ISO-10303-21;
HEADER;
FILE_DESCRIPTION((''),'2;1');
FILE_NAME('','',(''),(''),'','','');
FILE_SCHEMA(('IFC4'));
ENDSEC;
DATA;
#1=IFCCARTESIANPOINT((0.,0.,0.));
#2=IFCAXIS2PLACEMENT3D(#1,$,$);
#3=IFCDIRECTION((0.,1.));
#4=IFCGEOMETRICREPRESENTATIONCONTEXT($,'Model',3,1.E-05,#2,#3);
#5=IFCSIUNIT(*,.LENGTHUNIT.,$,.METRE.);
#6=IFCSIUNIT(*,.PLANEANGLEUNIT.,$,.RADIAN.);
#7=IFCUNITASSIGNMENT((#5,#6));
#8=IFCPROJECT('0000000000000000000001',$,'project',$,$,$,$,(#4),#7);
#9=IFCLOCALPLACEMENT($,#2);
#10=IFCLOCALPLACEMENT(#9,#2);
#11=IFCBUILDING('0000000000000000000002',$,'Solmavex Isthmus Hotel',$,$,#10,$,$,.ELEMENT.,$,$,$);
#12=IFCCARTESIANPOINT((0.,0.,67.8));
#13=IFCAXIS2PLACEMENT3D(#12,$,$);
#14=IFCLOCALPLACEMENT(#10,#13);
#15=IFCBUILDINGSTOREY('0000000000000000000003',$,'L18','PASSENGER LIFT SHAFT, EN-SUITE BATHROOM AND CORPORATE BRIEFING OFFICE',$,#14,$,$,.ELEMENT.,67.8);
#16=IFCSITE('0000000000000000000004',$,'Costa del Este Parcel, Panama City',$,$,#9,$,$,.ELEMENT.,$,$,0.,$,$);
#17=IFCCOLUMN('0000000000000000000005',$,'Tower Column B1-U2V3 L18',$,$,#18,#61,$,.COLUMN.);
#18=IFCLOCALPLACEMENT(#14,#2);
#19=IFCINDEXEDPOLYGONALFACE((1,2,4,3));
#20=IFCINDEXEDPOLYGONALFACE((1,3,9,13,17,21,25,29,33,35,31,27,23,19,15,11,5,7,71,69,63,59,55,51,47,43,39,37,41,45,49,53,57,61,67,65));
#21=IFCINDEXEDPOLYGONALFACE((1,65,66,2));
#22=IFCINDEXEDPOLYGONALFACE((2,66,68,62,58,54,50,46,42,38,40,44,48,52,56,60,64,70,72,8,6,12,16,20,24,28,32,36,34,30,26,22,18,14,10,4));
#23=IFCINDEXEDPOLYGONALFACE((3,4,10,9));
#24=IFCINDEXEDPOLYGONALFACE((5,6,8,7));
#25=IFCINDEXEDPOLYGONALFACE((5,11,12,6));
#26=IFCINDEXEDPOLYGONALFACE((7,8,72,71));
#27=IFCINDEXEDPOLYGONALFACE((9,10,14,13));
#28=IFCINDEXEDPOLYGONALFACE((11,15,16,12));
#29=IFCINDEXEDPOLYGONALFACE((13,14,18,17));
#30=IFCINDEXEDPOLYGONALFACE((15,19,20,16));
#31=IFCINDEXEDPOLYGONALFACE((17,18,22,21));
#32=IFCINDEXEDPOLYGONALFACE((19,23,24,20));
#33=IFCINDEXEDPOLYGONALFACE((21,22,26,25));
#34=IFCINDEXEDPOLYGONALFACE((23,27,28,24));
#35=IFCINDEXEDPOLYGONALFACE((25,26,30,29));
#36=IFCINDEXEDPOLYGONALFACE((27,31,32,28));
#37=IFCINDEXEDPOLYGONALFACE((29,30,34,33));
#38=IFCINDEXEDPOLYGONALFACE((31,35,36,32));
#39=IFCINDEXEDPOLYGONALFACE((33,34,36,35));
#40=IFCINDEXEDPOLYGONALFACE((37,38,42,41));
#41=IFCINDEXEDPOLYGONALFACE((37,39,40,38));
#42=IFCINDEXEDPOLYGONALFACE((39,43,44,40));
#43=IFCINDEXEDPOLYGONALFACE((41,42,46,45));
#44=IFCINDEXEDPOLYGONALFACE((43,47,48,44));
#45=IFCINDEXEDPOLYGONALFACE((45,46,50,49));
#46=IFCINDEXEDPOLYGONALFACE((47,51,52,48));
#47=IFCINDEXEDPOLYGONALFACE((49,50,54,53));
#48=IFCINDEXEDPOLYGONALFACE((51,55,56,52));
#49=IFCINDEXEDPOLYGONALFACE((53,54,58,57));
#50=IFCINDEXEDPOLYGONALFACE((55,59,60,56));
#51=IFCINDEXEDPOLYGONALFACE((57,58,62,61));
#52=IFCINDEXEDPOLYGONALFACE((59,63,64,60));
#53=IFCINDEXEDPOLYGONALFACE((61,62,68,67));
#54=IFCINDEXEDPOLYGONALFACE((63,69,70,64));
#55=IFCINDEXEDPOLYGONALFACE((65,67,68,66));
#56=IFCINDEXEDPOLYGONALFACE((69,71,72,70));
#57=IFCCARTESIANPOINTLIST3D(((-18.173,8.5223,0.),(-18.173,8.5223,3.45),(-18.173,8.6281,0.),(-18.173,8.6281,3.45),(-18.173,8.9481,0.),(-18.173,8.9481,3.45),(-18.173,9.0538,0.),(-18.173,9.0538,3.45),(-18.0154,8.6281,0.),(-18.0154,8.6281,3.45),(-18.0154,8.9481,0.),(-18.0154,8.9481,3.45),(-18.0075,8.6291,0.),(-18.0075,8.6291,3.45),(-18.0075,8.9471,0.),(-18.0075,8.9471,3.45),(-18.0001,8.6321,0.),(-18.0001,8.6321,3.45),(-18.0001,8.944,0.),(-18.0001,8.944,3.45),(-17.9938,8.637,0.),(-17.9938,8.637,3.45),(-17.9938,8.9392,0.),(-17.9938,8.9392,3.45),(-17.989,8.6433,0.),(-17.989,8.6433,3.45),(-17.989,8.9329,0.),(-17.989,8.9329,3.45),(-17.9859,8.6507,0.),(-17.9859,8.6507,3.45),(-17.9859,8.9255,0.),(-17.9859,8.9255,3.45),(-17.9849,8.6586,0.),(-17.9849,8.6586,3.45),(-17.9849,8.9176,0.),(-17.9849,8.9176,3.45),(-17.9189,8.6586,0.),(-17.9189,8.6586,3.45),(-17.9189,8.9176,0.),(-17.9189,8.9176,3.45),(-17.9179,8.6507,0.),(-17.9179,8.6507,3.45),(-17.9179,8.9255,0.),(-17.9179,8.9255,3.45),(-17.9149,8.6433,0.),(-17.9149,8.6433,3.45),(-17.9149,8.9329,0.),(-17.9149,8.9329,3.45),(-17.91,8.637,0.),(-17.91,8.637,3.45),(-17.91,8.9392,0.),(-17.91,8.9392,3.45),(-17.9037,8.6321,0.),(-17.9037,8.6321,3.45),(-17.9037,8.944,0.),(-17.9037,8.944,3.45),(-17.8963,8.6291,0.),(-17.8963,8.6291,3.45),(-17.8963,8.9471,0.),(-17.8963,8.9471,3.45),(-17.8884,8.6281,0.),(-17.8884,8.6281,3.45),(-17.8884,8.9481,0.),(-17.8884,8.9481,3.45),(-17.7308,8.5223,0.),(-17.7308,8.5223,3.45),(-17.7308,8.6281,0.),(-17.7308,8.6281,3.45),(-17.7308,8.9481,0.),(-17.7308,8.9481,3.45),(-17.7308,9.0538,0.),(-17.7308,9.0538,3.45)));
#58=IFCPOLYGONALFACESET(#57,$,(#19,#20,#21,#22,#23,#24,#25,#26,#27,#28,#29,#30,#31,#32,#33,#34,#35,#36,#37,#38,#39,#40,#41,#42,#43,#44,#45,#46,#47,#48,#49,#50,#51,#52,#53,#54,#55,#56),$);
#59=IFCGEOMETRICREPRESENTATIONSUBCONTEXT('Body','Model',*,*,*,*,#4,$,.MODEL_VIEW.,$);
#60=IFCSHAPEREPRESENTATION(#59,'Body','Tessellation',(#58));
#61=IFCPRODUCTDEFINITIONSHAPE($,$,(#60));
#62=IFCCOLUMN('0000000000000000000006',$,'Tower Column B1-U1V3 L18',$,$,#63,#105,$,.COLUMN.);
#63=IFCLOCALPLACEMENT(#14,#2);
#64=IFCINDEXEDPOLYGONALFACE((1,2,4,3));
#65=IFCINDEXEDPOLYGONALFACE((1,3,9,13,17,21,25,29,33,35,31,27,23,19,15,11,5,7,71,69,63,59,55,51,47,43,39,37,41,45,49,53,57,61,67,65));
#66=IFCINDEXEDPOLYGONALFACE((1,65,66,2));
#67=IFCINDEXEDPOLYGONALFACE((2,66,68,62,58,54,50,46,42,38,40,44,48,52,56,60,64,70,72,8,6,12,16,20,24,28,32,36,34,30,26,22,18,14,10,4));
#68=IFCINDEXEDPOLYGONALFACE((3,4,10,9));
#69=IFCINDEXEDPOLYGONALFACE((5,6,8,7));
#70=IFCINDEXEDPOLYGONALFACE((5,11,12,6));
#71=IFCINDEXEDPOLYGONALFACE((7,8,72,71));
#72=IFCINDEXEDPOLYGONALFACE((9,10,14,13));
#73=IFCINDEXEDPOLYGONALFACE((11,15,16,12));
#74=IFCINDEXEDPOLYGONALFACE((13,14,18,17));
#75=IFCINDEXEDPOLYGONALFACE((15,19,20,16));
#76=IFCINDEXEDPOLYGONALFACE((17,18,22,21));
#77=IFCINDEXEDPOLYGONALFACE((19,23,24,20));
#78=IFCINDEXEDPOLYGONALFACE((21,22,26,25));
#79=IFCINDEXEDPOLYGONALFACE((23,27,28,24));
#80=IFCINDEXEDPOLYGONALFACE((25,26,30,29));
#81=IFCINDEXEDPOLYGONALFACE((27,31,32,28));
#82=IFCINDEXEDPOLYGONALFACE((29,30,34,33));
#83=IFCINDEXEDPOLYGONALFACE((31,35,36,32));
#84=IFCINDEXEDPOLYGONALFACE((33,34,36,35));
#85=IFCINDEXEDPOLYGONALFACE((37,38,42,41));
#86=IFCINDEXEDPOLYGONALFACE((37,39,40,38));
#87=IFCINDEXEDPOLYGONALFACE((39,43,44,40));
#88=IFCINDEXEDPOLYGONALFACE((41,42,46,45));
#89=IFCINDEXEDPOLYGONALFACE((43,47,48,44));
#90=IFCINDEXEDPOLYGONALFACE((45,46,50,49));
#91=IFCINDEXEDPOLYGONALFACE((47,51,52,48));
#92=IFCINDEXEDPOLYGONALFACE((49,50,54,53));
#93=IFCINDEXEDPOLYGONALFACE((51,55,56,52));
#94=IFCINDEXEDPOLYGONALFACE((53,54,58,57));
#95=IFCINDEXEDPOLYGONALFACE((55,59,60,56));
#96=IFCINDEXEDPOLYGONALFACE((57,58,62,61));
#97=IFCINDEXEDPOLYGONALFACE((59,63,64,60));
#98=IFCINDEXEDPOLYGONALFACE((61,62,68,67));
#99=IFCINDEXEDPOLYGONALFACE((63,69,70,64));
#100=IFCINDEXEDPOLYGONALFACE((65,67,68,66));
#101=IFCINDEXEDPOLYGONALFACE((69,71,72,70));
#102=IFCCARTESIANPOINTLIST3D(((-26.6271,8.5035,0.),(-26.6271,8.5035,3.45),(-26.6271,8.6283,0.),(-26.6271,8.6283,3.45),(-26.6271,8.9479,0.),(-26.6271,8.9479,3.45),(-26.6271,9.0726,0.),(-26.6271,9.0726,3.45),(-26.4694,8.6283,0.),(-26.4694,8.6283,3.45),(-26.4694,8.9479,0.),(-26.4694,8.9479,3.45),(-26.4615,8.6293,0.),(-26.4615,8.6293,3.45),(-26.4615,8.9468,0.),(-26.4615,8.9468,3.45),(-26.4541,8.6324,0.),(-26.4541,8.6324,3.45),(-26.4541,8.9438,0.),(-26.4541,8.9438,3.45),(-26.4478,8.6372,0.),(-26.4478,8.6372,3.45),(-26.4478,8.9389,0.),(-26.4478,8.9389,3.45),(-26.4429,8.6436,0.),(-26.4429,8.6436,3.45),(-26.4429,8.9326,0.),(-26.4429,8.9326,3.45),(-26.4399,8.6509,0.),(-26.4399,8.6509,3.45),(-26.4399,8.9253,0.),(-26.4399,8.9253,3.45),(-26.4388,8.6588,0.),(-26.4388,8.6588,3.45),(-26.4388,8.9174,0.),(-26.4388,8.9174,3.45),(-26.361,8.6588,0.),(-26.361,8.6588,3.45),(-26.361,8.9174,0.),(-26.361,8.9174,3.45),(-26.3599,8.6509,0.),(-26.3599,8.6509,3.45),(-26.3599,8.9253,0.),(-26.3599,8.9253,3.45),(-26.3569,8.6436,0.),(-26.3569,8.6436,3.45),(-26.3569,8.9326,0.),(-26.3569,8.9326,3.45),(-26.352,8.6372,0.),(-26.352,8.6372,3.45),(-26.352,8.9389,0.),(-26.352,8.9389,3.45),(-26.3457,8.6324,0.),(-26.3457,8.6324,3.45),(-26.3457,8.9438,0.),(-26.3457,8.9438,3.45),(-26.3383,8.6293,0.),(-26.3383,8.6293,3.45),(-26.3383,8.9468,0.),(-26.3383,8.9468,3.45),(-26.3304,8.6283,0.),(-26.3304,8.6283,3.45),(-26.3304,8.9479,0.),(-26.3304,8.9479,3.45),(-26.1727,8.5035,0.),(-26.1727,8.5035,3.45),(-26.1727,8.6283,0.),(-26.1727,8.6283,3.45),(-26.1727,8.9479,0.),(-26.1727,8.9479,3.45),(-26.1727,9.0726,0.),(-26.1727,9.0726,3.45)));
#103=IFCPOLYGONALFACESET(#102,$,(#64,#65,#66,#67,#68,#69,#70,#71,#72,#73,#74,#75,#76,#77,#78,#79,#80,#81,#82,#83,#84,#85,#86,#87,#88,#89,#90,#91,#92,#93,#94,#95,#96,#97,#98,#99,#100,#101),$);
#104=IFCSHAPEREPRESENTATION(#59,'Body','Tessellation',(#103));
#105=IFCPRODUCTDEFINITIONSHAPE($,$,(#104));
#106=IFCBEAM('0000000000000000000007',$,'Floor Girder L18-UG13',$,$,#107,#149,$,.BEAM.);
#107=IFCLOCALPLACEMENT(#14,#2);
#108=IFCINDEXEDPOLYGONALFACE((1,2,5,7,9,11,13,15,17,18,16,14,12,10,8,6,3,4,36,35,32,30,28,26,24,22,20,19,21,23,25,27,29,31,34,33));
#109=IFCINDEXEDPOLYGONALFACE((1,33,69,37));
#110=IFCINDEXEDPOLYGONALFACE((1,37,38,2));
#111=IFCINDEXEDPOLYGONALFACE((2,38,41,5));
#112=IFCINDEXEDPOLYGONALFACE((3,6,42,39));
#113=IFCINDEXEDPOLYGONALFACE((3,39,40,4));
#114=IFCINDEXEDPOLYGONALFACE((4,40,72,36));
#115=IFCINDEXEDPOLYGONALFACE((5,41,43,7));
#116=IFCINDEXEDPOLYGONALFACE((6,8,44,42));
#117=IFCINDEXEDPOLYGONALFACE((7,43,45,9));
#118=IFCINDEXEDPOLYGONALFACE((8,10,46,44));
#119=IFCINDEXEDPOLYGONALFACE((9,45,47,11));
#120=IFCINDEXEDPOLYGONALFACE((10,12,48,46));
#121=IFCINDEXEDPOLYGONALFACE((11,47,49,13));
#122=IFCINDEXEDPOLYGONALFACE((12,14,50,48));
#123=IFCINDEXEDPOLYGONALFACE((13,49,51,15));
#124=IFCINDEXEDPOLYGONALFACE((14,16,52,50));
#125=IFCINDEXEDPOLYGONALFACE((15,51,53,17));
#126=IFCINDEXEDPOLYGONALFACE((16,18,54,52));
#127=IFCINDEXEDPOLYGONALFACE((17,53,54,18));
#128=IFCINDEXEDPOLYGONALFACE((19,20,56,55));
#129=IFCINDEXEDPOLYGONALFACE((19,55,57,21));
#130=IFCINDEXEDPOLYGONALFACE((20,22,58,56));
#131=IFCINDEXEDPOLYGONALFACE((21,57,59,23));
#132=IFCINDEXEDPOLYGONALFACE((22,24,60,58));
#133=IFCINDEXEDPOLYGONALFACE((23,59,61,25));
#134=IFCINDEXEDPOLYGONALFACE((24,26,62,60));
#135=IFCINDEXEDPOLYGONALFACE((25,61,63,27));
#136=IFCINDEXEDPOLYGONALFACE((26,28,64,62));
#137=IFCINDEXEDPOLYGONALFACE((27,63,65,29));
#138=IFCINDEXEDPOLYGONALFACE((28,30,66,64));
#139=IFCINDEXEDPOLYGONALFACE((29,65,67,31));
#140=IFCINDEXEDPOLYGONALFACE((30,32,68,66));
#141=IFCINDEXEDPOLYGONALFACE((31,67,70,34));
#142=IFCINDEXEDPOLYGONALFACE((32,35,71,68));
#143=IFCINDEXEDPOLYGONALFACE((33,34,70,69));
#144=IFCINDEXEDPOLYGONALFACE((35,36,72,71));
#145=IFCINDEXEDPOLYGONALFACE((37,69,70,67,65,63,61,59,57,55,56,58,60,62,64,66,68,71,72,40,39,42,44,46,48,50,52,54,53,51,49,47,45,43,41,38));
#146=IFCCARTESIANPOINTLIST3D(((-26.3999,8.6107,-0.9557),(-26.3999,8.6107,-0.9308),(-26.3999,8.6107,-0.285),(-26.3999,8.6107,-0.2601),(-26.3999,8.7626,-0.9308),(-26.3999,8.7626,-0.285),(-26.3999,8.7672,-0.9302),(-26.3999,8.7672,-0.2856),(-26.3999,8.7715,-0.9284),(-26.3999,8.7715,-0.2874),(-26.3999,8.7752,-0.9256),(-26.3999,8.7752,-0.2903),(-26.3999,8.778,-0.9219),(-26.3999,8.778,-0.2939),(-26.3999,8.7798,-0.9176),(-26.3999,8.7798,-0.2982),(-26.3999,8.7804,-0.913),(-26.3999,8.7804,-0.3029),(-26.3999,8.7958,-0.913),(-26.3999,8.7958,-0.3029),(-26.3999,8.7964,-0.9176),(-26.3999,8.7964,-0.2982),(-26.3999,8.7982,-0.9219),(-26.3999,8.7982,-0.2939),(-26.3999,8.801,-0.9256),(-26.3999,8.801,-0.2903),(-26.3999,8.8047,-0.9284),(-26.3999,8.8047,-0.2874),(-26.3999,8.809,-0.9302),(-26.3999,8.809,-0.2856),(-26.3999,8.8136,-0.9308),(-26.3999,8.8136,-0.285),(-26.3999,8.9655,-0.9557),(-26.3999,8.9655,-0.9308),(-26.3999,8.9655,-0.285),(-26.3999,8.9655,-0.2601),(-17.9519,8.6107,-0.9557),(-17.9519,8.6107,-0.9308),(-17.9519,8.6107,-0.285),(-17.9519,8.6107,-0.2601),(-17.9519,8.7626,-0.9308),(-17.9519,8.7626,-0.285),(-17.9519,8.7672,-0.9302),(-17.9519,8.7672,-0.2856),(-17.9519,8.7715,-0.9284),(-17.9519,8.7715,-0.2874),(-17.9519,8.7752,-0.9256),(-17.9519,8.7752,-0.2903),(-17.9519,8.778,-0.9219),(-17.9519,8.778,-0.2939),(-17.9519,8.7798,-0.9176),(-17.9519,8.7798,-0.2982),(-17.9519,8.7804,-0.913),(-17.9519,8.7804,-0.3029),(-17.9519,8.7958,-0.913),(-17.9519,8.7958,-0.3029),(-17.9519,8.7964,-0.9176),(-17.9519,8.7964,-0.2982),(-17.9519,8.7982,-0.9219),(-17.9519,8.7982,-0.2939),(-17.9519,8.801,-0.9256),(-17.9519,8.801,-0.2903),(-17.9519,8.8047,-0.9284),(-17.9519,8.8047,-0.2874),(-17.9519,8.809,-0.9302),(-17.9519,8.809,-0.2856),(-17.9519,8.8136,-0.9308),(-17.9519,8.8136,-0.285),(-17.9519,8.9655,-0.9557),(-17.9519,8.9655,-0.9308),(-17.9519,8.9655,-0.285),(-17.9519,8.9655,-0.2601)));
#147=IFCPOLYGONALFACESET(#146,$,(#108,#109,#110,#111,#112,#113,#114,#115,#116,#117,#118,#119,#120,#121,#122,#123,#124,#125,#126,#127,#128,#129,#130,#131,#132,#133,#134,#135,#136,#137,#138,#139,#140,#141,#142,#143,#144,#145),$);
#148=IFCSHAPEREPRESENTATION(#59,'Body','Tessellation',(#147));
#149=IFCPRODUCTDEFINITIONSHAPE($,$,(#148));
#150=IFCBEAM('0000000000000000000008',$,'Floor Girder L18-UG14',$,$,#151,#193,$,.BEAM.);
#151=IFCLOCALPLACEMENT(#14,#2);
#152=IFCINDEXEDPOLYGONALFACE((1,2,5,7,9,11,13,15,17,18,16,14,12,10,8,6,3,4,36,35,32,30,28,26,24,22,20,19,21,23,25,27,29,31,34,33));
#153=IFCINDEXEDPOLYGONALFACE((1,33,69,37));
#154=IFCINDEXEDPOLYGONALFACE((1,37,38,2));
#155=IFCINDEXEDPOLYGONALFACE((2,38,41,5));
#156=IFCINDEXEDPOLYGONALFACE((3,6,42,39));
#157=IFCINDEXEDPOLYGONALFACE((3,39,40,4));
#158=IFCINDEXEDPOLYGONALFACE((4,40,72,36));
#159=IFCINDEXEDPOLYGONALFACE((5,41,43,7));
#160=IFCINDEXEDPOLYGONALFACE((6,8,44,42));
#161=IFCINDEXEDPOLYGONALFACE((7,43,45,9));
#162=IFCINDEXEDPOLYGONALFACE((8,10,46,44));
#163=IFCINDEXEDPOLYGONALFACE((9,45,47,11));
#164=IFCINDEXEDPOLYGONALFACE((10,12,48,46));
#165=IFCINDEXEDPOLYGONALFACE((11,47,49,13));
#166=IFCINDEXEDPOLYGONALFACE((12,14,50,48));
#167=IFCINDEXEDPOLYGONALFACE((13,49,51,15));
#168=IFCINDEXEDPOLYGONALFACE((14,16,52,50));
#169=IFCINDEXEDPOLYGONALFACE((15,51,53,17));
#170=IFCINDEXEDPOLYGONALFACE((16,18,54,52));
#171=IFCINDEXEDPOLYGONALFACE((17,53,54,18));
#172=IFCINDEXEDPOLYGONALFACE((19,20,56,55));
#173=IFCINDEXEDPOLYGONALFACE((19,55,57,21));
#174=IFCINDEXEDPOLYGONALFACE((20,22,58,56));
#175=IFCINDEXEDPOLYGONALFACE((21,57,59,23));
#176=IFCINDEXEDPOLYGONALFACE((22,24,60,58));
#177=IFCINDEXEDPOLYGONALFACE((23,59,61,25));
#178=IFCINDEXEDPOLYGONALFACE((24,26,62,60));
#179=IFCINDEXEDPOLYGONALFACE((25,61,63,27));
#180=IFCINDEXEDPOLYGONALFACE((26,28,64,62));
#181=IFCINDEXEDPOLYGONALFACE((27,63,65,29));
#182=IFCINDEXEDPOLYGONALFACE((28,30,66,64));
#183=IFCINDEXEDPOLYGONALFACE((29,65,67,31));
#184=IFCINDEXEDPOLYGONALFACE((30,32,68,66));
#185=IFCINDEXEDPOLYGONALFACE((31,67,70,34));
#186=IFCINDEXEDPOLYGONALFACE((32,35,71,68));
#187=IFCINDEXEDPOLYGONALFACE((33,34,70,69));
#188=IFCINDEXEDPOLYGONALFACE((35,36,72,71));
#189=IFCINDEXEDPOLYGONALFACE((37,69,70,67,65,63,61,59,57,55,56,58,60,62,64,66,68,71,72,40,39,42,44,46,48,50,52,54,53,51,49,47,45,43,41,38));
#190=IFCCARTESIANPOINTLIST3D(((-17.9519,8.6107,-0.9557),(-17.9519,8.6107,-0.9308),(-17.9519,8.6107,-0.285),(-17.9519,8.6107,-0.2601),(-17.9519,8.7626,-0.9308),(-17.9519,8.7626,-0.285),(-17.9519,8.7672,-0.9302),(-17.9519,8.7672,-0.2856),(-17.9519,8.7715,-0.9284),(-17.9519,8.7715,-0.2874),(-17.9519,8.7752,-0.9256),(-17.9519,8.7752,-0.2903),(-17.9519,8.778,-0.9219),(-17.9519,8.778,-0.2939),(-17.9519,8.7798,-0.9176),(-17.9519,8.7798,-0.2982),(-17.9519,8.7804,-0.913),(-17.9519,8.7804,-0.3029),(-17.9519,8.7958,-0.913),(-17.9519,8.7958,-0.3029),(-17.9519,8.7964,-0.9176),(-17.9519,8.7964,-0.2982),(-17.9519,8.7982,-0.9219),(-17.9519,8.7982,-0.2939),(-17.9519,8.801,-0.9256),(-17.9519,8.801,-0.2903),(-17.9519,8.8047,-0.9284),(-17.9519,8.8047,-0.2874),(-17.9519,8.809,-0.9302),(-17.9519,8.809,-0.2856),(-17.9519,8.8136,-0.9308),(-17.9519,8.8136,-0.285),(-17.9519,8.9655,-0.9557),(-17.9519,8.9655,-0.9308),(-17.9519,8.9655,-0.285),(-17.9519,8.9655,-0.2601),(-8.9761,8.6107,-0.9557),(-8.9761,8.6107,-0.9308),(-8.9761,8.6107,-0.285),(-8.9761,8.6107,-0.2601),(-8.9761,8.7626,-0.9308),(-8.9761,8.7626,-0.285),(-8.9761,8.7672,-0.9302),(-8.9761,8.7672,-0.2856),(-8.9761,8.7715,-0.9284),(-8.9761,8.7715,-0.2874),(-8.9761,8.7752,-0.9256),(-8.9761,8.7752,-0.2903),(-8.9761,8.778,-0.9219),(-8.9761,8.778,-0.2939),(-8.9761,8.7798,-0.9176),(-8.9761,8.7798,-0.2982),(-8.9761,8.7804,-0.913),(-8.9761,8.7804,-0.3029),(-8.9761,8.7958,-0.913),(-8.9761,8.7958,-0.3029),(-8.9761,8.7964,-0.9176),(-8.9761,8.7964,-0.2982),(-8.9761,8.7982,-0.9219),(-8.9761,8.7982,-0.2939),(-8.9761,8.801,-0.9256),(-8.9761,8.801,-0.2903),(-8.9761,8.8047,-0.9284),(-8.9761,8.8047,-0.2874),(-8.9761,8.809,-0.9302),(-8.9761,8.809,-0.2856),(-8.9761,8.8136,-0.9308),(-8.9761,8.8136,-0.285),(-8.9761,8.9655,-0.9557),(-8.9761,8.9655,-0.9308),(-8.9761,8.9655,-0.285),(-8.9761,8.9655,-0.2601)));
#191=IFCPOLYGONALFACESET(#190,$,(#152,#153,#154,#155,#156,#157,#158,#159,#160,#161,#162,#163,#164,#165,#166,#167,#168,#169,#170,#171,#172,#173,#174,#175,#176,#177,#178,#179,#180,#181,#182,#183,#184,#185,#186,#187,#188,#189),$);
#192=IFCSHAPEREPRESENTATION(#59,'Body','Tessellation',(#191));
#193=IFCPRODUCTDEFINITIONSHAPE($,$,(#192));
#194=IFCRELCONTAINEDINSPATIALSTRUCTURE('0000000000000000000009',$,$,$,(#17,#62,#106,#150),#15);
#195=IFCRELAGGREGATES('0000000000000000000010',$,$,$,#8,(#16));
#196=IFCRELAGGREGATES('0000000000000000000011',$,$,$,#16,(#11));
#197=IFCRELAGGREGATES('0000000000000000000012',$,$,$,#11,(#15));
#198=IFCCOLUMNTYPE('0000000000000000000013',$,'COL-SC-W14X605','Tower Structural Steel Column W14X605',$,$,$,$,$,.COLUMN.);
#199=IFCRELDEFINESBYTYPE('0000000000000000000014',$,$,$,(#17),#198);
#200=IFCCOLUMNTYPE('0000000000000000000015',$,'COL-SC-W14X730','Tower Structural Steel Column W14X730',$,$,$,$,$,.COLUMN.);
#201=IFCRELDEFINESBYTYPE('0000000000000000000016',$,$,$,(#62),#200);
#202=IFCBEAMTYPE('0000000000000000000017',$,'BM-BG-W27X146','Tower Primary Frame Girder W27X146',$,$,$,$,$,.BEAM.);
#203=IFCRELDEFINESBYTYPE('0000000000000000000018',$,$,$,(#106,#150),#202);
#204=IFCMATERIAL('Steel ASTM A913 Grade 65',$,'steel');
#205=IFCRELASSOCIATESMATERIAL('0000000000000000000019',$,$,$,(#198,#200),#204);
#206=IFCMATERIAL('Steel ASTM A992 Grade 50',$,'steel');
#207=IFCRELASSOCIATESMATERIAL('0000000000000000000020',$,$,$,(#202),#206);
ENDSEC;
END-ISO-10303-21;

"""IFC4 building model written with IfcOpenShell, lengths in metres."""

from ifc_helpers import new_model, si_unit, direction, frame, origin, origin_2d, place, context, subcontext, project, spatial, i_section, extrude, material, material_profile, profile_set, type_object, element, save


model = new_model("IFC4")

# Units and contexts
model_context = context("Model", 3, precision=1e-05, world=origin(), true_north=direction((0.0, 1.0)))
body_context = subcontext(model_context, "Body", "Model", "MODEL_VIEW")
ifc_project = project(units=[si_unit("LENGTHUNIT", "METRE"), si_unit("PLANEANGLEUNIT", "RADIAN")], contexts=[model_context])

# Site, building, storey
site_placement = place(None, origin())
site = spatial("IfcSite", under=ifc_project, at=site_placement, Name="Costa del Este Parcel, Panama City", CompositionType="ELEMENT", RefElevation=0.0)
building_placement = place(site_placement, origin())
building = spatial("IfcBuilding", under=site, at=building_placement, Name="Solmavex Isthmus Hotel", CompositionType="ELEMENT")
storey_placement = place(building_placement, frame((0.0, 0.0, 67.8)))
storey = spatial("IfcBuildingStorey", under=building, at=storey_placement, Name="L18", Description="PASSENGER LIFT SHAFT, EN-SUITE BATHROOM AND CORPORATE BRIEFING OFFICE", CompositionType="ELEMENT", Elevation=67.8)

# Columns
ifc_material_1 = material(Name="Steel ASTM A913 Grade 65", Category="steel")
ifc_material_profile_1 = material_profile(ifc_material_1, i_section(OverallWidth=0.4421, OverallDepth=0.5315, WebThickness=0.0659, FlangeThickness=0.1057, FilletRadius=0.0305, at=origin_2d()), Name="W14X605")
ifc_profile_set_1 = profile_set([ifc_material_profile_1], Name="Steel ASTM A913 Grade 65")
column_type_1 = type_object("IfcColumnType", Name="COL-SC-W14X605", Description="Tower Structural Steel Column W14X605", PredefinedType="COLUMN", material=ifc_profile_set_1)
column_1_placement = place(storey_placement, frame((-17.9519, 8.7881, 0.0), z_axis=(0.0, 0.0, 1.0), x_axis=(1.0, 0.0, 0.0)))
element("IfcColumn", 1, at=column_1_placement, inside=storey, type_object=column_type_1, Name="Tower Column B1-U2V3 L18", PredefinedType="COLUMN", context=body_context, shape_type="SweptSolid", body=[
    extrude(i_section(OverallWidth=0.4421, OverallDepth=0.5315, WebThickness=0.0659, FlangeThickness=0.1057, FilletRadius=0.0305, at=origin_2d()), origin(), (0.0, 0.0, 1.0), 3.45),
])
ifc_material_profile_2 = material_profile(ifc_material_1, i_section(OverallWidth=0.4543, OverallDepth=0.5691, WebThickness=0.0779, FlangeThickness=0.1248, FilletRadius=0.0305, at=origin_2d()), Name="W14X730")
ifc_profile_set_2 = profile_set([ifc_material_profile_2], Name="Steel ASTM A913 Grade 65")
column_type_2 = type_object("IfcColumnType", Name="COL-SC-W14X730", Description="Tower Structural Steel Column W14X730", PredefinedType="COLUMN", material=ifc_profile_set_2)
column_2_placement = place(storey_placement, frame((-26.3999, 8.7881, 0.0), z_axis=(0.0, 0.0, 1.0), x_axis=(1.0, 0.0, 0.0)))
element("IfcColumn", 2, at=column_2_placement, inside=storey, type_object=column_type_2, Name="Tower Column B1-U1V3 L18", PredefinedType="COLUMN", context=body_context, shape_type="SweptSolid", body=[
    extrude(i_section(OverallWidth=0.4543, OverallDepth=0.5691, WebThickness=0.0779, FlangeThickness=0.1248, FilletRadius=0.0305, at=origin_2d()), origin(), (0.0, 0.0, 1.0), 3.45),
])

# Beams
ifc_material_2 = material(Name="Steel ASTM A992 Grade 50", Category="steel")
ifc_material_profile_3 = material_profile(ifc_material_2, i_section(OverallWidth=0.3547, OverallDepth=0.6956, WebThickness=0.0154, FlangeThickness=0.0249, FilletRadius=0.0178, at=origin_2d()), Name="W27X146")
ifc_profile_set_3 = profile_set([ifc_material_profile_3], Name="Steel ASTM A992 Grade 50")
beam_type_1 = type_object("IfcBeamType", Name="BM-BG-W27X146", Description="Tower Primary Frame Girder W27X146", PredefinedType="BEAM", material=ifc_profile_set_3)
beam_1_placement = place(storey_placement, frame((-26.3999, 8.7881, -0.6079), z_axis=(1.0, 0.0, 0.0), x_axis=(0.0, 1.0, 0.0)))
element("IfcBeam", 3, at=beam_1_placement, inside=storey, type_object=beam_type_1, Name="Floor Girder L18-UG13", PredefinedType="BEAM", context=body_context, shape_type="SweptSolid", body=[
    extrude(i_section(OverallWidth=0.3547, OverallDepth=0.6956, WebThickness=0.0154, FlangeThickness=0.0249, FilletRadius=0.0178, at=origin_2d()), origin(), (0.0, 0.0, 1.0), 8.448),
])
beam_2_placement = place(storey_placement, frame((-17.9519, 8.7881, -0.6079), z_axis=(1.0, 0.0, 0.0), x_axis=(0.0, 1.0, 0.0)))
element("IfcBeam", 4, at=beam_2_placement, inside=storey, type_object=beam_type_1, Name="Floor Girder L18-UG14", PredefinedType="BEAM", context=body_context, shape_type="SweptSolid", body=[
    extrude(i_section(OverallWidth=0.3547, OverallDepth=0.6956, WebThickness=0.0154, FlangeThickness=0.0249, FilletRadius=0.0178, at=origin_2d()), origin(), (0.0, 0.0, 1.0), 8.9758),
])

save(model, "model.ifc")
